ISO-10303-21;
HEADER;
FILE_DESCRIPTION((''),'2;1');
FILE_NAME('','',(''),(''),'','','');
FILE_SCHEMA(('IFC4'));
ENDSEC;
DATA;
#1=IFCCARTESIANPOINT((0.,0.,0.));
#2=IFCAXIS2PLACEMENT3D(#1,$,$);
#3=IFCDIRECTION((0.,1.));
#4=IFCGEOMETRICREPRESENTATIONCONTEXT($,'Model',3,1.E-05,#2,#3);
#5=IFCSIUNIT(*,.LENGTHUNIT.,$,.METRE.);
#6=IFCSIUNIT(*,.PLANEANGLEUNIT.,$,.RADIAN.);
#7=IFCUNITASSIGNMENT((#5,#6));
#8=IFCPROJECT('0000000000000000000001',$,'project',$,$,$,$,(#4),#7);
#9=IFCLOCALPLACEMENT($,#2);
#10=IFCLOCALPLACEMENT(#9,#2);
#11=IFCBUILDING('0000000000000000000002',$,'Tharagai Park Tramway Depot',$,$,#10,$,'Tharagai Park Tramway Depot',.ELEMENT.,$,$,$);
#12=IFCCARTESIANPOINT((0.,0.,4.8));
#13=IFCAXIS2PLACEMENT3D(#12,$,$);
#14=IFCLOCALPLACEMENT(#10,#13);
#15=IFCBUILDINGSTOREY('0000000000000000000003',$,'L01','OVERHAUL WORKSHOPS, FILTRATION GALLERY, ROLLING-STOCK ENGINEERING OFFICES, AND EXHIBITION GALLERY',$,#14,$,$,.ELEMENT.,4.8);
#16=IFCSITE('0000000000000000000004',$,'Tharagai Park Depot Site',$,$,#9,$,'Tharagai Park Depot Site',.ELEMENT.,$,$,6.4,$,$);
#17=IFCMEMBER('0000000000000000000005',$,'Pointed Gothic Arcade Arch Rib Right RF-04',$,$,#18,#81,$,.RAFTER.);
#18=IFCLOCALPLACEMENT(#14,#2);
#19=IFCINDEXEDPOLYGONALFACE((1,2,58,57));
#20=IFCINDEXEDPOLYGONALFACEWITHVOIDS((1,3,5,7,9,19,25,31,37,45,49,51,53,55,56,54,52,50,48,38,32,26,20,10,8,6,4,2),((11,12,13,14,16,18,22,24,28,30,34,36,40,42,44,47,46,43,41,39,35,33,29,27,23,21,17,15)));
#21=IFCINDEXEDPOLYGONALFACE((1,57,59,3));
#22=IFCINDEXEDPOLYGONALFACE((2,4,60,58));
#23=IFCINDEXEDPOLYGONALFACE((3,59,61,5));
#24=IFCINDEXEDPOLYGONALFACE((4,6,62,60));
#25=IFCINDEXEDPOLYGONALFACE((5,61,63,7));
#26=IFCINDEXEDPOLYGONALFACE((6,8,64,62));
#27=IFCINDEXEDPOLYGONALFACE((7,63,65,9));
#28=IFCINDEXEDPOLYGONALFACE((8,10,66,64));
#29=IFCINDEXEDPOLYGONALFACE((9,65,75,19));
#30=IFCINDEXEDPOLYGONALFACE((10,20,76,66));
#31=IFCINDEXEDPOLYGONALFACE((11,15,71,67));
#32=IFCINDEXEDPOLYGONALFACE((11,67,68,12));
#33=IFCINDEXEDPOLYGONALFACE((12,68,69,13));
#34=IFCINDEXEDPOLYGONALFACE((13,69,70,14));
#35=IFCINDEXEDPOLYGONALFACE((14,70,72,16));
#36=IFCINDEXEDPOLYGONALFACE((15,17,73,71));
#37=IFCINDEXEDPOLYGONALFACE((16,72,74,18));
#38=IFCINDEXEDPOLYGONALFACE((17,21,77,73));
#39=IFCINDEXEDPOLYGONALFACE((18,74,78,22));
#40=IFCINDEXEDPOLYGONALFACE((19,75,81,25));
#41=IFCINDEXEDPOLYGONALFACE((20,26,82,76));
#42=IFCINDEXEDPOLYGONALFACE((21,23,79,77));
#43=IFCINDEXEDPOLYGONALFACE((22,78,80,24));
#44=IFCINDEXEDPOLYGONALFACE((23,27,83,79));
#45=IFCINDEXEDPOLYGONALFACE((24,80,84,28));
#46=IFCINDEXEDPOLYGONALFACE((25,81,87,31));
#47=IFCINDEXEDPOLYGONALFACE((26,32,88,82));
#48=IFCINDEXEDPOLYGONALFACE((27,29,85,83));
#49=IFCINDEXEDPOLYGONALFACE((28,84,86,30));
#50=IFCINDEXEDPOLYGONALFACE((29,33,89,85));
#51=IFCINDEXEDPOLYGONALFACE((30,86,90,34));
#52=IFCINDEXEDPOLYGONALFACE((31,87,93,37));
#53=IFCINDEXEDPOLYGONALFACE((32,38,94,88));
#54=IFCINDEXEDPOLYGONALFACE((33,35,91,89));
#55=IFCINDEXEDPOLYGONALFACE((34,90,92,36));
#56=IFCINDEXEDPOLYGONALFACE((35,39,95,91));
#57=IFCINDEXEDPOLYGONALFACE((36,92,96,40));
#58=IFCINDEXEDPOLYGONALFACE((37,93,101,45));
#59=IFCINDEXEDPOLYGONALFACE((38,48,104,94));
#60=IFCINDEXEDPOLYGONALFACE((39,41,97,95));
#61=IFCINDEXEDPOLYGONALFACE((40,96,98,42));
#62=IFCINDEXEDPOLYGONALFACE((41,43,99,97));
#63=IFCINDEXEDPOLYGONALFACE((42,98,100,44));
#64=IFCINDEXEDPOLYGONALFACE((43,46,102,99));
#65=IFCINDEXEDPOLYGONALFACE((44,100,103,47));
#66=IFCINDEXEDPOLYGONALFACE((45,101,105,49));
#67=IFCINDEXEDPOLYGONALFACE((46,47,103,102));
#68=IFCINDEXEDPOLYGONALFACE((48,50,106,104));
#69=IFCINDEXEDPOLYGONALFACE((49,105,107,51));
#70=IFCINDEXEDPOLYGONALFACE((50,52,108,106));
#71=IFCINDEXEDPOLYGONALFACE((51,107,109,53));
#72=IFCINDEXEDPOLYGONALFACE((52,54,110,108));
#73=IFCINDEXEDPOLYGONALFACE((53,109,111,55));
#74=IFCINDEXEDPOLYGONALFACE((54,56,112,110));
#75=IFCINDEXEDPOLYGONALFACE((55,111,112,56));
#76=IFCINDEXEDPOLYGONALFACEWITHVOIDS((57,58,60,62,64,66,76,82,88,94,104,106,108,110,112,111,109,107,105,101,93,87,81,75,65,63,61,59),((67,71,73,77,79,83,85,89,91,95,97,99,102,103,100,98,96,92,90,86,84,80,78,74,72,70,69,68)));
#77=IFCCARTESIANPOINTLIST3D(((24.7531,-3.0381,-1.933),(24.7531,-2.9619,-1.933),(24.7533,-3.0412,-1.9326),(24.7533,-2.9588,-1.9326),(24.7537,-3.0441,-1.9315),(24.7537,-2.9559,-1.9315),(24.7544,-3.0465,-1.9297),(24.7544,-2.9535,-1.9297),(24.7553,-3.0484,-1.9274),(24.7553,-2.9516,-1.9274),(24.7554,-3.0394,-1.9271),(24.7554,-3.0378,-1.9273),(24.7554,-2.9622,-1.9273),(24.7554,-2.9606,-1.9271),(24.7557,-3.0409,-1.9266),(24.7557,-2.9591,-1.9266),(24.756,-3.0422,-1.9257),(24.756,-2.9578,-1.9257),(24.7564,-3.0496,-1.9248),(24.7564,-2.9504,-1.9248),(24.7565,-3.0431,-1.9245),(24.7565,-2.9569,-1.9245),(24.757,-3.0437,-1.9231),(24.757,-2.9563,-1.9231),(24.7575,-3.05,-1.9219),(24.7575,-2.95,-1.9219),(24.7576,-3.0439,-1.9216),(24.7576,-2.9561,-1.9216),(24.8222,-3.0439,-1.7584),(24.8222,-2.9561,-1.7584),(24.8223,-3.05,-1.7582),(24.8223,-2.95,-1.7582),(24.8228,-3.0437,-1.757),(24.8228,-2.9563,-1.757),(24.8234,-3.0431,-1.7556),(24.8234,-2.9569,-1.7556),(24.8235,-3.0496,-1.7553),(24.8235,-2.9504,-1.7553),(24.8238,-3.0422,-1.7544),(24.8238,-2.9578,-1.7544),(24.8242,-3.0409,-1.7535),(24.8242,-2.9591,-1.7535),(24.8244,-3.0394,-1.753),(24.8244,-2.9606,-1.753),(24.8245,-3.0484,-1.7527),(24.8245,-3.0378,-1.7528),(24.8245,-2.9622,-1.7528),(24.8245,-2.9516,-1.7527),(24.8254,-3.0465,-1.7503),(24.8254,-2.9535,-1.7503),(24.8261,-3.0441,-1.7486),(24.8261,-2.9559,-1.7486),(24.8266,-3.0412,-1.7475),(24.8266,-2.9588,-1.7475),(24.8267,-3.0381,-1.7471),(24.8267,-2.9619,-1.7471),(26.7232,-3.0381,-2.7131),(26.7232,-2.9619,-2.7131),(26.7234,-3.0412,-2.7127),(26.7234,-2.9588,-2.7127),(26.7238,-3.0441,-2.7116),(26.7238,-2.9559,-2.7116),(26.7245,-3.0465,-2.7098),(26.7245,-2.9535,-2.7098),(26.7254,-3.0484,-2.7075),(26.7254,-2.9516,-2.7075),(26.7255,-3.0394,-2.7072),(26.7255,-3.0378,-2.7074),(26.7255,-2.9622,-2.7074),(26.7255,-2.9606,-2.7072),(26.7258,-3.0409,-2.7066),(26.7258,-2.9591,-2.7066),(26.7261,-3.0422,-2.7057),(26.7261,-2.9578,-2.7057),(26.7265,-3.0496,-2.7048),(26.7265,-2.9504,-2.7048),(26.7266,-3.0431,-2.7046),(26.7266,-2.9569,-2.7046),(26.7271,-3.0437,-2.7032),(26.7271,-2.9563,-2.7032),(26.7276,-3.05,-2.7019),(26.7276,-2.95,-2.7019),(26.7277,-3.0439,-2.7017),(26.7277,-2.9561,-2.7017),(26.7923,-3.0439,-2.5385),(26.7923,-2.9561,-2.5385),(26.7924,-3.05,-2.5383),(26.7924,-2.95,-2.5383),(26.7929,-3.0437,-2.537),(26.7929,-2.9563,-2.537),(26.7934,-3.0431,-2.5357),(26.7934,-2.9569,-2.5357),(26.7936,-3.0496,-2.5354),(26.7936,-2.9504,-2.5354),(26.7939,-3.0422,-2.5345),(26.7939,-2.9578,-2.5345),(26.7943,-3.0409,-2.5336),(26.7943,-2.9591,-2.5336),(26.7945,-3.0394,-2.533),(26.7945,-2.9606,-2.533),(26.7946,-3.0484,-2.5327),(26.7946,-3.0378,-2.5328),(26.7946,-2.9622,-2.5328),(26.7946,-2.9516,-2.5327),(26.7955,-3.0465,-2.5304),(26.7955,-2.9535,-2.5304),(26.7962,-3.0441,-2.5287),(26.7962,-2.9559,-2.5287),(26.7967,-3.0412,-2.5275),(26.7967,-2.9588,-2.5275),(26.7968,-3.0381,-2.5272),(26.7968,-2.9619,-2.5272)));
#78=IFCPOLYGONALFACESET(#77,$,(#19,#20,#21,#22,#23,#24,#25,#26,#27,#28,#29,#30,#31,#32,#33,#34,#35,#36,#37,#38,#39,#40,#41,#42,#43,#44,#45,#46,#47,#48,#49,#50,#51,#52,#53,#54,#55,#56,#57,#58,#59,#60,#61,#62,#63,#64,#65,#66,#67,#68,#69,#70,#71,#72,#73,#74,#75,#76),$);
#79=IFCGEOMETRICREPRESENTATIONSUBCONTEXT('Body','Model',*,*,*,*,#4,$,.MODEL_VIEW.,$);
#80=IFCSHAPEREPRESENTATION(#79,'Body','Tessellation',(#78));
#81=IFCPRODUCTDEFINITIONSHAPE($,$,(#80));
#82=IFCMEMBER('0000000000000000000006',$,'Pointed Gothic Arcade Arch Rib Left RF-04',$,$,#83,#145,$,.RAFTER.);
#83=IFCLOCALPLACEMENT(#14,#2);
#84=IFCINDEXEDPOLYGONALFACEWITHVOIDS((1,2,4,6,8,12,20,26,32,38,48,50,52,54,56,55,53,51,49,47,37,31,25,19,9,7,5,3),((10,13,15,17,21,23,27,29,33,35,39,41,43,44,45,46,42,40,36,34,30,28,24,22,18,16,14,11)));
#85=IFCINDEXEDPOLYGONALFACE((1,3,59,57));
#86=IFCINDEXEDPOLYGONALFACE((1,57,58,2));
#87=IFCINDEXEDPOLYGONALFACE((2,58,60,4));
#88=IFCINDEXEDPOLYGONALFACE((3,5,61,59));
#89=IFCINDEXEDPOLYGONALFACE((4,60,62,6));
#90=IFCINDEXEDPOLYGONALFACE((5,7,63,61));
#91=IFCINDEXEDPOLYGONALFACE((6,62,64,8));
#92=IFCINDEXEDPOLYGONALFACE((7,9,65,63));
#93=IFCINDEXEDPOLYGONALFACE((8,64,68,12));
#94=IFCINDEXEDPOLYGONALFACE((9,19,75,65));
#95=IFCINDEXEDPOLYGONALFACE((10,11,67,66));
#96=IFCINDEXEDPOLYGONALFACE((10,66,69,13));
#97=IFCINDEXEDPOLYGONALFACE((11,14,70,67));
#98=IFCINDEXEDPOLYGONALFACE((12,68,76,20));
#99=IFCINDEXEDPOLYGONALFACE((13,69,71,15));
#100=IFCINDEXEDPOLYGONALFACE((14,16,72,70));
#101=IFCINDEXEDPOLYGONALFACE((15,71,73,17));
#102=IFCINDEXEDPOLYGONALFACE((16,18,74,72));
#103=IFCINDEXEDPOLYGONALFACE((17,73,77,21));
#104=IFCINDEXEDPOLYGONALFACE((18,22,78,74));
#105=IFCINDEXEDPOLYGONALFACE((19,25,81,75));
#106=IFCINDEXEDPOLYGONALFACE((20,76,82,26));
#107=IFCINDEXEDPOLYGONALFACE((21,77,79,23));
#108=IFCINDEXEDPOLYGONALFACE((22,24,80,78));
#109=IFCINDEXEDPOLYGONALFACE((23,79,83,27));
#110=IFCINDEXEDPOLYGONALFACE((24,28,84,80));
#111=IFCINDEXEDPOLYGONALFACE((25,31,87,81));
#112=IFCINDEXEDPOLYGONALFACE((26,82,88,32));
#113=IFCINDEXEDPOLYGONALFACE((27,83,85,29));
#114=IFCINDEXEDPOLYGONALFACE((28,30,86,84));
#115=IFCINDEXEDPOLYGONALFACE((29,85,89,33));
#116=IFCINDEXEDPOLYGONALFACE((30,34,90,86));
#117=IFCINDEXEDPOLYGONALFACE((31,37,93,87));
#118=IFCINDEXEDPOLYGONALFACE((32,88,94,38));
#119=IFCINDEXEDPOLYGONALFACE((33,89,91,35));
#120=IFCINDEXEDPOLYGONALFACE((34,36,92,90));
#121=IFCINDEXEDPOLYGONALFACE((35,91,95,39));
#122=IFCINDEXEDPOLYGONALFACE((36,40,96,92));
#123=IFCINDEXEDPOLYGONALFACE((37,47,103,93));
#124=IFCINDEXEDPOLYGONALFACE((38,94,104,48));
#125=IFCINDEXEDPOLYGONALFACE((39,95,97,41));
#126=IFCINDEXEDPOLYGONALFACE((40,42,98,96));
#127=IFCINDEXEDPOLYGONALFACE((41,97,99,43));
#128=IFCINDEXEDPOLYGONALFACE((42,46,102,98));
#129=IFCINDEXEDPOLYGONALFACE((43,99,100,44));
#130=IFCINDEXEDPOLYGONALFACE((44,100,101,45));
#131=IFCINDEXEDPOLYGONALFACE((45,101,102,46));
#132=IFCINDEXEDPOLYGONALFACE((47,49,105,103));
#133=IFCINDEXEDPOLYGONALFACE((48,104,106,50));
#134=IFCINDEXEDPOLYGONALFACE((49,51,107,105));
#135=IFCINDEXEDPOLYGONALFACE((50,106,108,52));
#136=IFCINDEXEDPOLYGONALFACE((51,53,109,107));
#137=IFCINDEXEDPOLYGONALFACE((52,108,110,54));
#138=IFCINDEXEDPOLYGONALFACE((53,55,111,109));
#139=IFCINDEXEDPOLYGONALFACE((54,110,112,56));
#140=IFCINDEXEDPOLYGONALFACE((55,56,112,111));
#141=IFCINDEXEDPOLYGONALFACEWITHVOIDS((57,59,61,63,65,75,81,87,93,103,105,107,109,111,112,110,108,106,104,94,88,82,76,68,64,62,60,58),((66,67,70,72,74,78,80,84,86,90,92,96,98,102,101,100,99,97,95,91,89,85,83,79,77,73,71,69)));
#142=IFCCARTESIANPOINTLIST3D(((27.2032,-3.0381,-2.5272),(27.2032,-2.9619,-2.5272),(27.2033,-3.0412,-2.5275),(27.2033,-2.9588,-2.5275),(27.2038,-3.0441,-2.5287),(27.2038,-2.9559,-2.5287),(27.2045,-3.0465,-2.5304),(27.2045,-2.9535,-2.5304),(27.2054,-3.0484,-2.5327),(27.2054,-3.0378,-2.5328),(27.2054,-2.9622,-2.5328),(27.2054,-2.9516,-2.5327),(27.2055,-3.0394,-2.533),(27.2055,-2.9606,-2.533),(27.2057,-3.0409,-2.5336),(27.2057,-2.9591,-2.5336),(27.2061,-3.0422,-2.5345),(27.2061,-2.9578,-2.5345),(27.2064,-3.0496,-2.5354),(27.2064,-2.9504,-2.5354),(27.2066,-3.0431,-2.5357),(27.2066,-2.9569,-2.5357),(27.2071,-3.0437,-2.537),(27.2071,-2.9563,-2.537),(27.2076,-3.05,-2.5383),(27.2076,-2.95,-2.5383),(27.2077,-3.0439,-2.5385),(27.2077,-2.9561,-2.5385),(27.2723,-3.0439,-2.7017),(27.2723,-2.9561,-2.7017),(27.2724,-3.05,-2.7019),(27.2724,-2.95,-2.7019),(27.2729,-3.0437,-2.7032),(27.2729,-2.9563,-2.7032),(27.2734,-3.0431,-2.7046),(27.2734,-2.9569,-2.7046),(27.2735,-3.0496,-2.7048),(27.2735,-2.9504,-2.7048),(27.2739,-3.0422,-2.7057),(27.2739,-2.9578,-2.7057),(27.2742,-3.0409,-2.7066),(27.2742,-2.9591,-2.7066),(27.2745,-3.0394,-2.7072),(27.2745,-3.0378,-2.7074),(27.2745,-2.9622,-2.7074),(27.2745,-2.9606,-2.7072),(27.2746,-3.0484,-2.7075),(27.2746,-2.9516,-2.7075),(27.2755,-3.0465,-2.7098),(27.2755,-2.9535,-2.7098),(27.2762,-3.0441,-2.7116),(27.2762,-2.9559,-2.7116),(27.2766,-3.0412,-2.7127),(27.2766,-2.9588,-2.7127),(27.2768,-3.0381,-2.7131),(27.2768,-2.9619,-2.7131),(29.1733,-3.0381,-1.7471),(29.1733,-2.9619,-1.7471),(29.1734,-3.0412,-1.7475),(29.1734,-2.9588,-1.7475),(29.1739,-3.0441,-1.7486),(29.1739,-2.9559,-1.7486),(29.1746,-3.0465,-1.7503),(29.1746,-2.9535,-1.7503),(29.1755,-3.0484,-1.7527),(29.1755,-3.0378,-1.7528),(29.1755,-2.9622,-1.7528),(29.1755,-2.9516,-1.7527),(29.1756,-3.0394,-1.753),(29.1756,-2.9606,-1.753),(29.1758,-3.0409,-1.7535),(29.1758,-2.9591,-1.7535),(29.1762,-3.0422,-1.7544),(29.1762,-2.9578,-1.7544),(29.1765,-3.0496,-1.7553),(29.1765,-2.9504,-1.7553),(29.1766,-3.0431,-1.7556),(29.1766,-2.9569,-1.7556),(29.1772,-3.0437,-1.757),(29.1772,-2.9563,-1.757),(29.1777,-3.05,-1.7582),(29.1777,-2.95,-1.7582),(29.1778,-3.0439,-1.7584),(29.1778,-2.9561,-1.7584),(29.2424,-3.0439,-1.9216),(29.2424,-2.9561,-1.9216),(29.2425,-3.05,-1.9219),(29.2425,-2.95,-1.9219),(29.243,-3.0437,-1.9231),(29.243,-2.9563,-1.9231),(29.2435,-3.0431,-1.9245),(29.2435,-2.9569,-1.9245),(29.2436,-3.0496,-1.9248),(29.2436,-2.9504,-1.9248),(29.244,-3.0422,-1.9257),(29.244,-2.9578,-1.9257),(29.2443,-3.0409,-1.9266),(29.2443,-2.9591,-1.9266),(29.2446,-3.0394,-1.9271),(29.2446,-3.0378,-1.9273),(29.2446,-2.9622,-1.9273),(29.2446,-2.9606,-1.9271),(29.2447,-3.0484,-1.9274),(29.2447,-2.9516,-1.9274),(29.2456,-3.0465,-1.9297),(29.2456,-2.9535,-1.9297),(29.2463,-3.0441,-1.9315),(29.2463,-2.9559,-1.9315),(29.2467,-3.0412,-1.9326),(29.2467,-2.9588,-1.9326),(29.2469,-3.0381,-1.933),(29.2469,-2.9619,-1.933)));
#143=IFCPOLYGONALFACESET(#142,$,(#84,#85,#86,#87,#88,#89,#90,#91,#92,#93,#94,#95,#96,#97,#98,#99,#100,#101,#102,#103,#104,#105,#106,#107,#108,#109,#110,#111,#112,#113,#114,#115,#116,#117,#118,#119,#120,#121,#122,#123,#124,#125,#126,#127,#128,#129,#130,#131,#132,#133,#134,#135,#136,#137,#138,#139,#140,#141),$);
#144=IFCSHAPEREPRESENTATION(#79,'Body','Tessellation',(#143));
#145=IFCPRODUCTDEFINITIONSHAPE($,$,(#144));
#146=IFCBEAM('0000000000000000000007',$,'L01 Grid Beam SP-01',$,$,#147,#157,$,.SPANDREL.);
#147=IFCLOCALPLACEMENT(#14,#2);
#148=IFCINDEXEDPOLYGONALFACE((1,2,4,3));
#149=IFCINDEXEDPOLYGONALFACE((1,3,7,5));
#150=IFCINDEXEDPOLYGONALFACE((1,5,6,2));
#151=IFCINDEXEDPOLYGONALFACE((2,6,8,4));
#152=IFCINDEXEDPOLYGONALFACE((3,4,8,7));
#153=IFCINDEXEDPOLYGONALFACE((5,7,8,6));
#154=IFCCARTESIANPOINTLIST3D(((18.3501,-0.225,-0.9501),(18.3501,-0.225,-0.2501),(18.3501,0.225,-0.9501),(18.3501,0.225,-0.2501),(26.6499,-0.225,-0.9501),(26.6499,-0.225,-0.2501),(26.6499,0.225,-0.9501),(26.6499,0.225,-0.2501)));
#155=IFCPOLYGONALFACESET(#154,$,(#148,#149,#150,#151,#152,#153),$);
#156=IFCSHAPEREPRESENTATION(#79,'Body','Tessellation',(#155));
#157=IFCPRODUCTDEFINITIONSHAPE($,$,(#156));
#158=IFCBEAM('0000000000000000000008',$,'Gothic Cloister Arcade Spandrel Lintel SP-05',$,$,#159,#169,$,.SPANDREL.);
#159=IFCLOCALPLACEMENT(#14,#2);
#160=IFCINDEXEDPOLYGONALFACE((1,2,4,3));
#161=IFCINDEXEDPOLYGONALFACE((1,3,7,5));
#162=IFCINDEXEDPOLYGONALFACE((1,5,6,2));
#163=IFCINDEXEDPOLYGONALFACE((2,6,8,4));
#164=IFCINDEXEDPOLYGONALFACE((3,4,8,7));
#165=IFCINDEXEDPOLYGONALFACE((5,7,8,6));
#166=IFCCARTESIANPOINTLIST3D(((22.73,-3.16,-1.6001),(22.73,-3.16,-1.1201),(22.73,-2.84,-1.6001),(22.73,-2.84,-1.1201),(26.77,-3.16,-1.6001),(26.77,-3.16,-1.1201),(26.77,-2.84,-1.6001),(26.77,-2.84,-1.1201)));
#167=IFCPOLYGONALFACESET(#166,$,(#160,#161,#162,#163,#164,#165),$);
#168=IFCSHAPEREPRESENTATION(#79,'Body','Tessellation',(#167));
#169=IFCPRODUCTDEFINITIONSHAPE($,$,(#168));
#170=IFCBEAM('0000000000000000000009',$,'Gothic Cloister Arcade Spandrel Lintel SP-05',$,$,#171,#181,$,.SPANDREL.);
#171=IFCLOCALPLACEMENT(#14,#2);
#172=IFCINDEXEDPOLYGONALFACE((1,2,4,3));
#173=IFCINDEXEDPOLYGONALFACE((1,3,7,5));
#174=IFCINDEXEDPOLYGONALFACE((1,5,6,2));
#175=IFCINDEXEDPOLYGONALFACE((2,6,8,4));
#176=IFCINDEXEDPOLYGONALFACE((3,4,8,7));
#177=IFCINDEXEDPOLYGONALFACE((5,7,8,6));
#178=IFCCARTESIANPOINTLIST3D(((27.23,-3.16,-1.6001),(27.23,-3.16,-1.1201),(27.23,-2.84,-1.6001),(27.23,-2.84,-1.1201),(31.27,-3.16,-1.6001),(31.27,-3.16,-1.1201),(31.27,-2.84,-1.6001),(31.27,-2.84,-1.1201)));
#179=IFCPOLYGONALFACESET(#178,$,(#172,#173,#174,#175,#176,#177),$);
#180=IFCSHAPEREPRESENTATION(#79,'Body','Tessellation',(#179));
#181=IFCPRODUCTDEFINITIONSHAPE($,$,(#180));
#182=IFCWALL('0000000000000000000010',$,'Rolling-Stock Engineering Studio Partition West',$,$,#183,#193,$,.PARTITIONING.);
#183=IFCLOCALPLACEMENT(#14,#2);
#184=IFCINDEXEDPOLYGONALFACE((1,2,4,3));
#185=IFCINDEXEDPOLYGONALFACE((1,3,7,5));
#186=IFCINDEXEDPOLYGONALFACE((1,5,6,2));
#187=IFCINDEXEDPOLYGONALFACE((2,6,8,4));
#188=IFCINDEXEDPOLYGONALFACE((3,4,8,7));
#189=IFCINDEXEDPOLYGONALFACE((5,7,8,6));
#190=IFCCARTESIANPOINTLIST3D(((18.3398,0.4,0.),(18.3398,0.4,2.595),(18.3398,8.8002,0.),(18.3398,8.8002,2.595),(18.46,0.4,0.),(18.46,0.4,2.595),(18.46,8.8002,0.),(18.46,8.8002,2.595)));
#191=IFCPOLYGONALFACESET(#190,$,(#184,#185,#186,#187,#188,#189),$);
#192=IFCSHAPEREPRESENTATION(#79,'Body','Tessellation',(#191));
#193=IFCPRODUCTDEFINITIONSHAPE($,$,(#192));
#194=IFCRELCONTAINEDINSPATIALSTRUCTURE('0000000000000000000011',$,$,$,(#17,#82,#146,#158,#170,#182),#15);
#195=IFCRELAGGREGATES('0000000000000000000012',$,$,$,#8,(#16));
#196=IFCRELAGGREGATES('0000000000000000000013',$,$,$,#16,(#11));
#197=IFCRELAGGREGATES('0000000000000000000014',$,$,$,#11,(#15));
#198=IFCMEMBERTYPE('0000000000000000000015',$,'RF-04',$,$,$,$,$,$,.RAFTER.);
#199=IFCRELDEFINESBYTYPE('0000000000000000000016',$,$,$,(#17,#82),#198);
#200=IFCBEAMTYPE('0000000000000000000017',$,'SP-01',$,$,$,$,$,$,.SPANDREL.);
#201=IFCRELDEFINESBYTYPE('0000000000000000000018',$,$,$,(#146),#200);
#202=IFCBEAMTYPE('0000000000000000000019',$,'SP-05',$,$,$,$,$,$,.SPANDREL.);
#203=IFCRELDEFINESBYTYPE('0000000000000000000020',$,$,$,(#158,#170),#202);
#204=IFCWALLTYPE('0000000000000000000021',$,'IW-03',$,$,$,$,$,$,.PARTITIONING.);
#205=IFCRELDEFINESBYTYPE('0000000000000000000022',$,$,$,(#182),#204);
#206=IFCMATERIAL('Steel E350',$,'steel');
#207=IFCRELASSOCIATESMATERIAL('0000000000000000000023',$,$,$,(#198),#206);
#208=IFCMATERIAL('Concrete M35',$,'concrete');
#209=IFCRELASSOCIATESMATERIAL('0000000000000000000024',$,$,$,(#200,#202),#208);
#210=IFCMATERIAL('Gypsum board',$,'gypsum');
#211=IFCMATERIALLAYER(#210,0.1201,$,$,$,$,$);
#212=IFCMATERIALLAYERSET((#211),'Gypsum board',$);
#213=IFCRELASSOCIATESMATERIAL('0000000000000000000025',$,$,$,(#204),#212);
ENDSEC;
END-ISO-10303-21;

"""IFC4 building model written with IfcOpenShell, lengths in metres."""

from ifc_helpers import new_model, si_unit, direction, frame, frame_2d, origin, origin_2d, place, context, subcontext, project, spatial, rectangle, hollow_rectangle, extrude, material, layer, layer_set, material_profile, profile_set, type_object, element, save


model = new_model("IFC4")

# Units and contexts
model_context = context("Model", 3, precision=1e-05, world=origin(), true_north=direction((0.0, 1.0)))
body_context = subcontext(model_context, "Body", "Model", "MODEL_VIEW")
ifc_project = project(units=[si_unit("LENGTHUNIT", "METRE"), si_unit("PLANEANGLEUNIT", "RADIAN")], contexts=[model_context])

# Site, building, storey
site_placement = place(None, origin())
site = spatial("IfcSite", under=ifc_project, at=site_placement, Name="Tharagai Park Depot Site", LongName="Tharagai Park Depot Site", CompositionType="ELEMENT", RefElevation=6.4)
building_placement = place(site_placement, origin())
building = spatial("IfcBuilding", under=site, at=building_placement, Name="Tharagai Park Tramway Depot", LongName="Tharagai Park Tramway Depot", CompositionType="ELEMENT")
storey_placement = place(building_placement, frame((0.0, 0.0, 4.8)))
storey = spatial("IfcBuildingStorey", under=building, at=storey_placement, Name="L01", Description="OVERHAUL WORKSHOPS, FILTRATION GALLERY, ROLLING-STOCK ENGINEERING OFFICES, AND EXHIBITION GALLERY", CompositionType="ELEMENT", Elevation=4.8)

# Shared definitions
ifc_material_1 = material(Name="Concrete M35", Category="concrete")

# Members
ifc_material_2 = material(Name="Steel E350", Category="steel")
ifc_material_profile_1 = material_profile(ifc_material_2, hollow_rectangle(XDim=0.1001, YDim=0.2, WallThickness=0.0061, InnerFilletRadius=0.0061, OuterFilletRadius=0.012, at=origin_2d()), Name="RHS 200x100x6")
ifc_profile_set_1 = profile_set([ifc_material_profile_1], Name="Steel E350")
member_type_1 = type_object("IfcMemberType", Name="RF-04", PredefinedType="RAFTER", material=ifc_profile_set_1)
for number, where, z_axis, x_axis, name in (
    (1, (26.76, -3.0, -2.6201), (-0.929766, 0.0, 0.36815), (0.0, -1.0, 0.0), "Pointed Gothic Arcade Arch Rib Right RF-04"),
    (2, (27.24, -3.0, -2.6201), (0.929766, 0.0, 0.36815), (0.0, 1.0, 0.0), "Pointed Gothic Arcade Arch Rib Left RF-04"),
):
    element("IfcMember", number, at=place(storey_placement, frame(where, z_axis=z_axis, x_axis=x_axis)), inside=storey, type_object=member_type_1, Name=name, PredefinedType="RAFTER", context=body_context, shape_type="SweptSolid", body=[
        extrude(hollow_rectangle(XDim=0.1001, YDim=0.2, WallThickness=0.0061, InnerFilletRadius=0.0061, OuterFilletRadius=0.012, at=origin_2d()), origin(), (0.0, 0.0, 1.0), 2.1189),
    ])

# Beams
ifc_material_profile_2 = material_profile(ifc_material_1, rectangle(XDim=0.45, YDim=0.7, at=origin_2d()), Name="RC 450x700")
ifc_profile_set_2 = profile_set([ifc_material_profile_2], Name="Concrete M35")
beam_type_1 = type_object("IfcBeamType", Name="SP-01", PredefinedType="SPANDREL", material=ifc_profile_set_2)
beam_1_placement = place(storey_placement, frame((18.3501, 0.0, -0.6001), z_axis=(1.0, 0.0, 0.0), x_axis=(0.0, 1.0, 0.0)))
element("IfcBeam", 3, at=beam_1_placement, inside=storey, type_object=beam_type_1, Name="L01 Grid Beam SP-01", PredefinedType="SPANDREL", context=body_context, shape_type="SweptSolid", body=[
    extrude(rectangle(XDim=0.45, YDim=0.7, at=origin_2d()), origin(), (0.0, 0.0, 1.0), 8.2998),
])
ifc_material_profile_3 = material_profile(ifc_material_1, rectangle(XDim=0.3201, YDim=0.48, at=origin_2d()), Name="RC 320x480")
ifc_profile_set_3 = profile_set([ifc_material_profile_3], Name="Concrete M35")
beam_type_2 = type_object("IfcBeamType", Name="SP-05", PredefinedType="SPANDREL", material=ifc_profile_set_3)
for number, where, z_axis, x_axis, name in (
    (4, (22.73, -3.0, -1.3601), (1.0, 0.0, 0.0), (0.0, 1.0, 0.0), "Gothic Cloister Arcade Spandrel Lintel SP-05"),
    (5, (27.23, -3.0, -1.3601), (1.0, 0.0, 0.0), (0.0, 1.0, 0.0), "Gothic Cloister Arcade Spandrel Lintel SP-05"),
):
    element("IfcBeam", number, at=place(storey_placement, frame(where, z_axis=z_axis, x_axis=x_axis)), inside=storey, type_object=beam_type_2, Name=name, PredefinedType="SPANDREL", context=body_context, shape_type="SweptSolid", body=[
        extrude(rectangle(XDim=0.3201, YDim=0.48, at=origin_2d()), origin(), (0.0, 0.0, 1.0), 4.04),
    ])

# Wall
ifc_material_3 = material(Name="Gypsum board", Category="gypsum")
ifc_layer_1 = layer(ifc_material_3, 0.1201)
ifc_layer_set_1 = layer_set([ifc_layer_1], Name="Gypsum board")
wall_type = type_object("IfcWallType", Name="IW-03", PredefinedType="PARTITIONING", material=ifc_layer_set_1)
wall_placement = place(storey_placement, frame((18.3999, 0.3999, 0.0), z_axis=(0.0, 0.0, 1.0), x_axis=(0.0, 1.0, 0.0)))
element("IfcWall", 6, at=wall_placement, inside=storey, type_object=wall_type, Name="Rolling-Stock Engineering Studio Partition West", PredefinedType="PARTITIONING", context=body_context, shape_type="SweptSolid", body=[
    extrude(rectangle(XDim=8.4001, YDim=0.1201, at=frame_2d((4.2002, 0.0))), origin(), (0.0, 0.0, 1.0), 2.595),
])

save(model, "model.ifc")
